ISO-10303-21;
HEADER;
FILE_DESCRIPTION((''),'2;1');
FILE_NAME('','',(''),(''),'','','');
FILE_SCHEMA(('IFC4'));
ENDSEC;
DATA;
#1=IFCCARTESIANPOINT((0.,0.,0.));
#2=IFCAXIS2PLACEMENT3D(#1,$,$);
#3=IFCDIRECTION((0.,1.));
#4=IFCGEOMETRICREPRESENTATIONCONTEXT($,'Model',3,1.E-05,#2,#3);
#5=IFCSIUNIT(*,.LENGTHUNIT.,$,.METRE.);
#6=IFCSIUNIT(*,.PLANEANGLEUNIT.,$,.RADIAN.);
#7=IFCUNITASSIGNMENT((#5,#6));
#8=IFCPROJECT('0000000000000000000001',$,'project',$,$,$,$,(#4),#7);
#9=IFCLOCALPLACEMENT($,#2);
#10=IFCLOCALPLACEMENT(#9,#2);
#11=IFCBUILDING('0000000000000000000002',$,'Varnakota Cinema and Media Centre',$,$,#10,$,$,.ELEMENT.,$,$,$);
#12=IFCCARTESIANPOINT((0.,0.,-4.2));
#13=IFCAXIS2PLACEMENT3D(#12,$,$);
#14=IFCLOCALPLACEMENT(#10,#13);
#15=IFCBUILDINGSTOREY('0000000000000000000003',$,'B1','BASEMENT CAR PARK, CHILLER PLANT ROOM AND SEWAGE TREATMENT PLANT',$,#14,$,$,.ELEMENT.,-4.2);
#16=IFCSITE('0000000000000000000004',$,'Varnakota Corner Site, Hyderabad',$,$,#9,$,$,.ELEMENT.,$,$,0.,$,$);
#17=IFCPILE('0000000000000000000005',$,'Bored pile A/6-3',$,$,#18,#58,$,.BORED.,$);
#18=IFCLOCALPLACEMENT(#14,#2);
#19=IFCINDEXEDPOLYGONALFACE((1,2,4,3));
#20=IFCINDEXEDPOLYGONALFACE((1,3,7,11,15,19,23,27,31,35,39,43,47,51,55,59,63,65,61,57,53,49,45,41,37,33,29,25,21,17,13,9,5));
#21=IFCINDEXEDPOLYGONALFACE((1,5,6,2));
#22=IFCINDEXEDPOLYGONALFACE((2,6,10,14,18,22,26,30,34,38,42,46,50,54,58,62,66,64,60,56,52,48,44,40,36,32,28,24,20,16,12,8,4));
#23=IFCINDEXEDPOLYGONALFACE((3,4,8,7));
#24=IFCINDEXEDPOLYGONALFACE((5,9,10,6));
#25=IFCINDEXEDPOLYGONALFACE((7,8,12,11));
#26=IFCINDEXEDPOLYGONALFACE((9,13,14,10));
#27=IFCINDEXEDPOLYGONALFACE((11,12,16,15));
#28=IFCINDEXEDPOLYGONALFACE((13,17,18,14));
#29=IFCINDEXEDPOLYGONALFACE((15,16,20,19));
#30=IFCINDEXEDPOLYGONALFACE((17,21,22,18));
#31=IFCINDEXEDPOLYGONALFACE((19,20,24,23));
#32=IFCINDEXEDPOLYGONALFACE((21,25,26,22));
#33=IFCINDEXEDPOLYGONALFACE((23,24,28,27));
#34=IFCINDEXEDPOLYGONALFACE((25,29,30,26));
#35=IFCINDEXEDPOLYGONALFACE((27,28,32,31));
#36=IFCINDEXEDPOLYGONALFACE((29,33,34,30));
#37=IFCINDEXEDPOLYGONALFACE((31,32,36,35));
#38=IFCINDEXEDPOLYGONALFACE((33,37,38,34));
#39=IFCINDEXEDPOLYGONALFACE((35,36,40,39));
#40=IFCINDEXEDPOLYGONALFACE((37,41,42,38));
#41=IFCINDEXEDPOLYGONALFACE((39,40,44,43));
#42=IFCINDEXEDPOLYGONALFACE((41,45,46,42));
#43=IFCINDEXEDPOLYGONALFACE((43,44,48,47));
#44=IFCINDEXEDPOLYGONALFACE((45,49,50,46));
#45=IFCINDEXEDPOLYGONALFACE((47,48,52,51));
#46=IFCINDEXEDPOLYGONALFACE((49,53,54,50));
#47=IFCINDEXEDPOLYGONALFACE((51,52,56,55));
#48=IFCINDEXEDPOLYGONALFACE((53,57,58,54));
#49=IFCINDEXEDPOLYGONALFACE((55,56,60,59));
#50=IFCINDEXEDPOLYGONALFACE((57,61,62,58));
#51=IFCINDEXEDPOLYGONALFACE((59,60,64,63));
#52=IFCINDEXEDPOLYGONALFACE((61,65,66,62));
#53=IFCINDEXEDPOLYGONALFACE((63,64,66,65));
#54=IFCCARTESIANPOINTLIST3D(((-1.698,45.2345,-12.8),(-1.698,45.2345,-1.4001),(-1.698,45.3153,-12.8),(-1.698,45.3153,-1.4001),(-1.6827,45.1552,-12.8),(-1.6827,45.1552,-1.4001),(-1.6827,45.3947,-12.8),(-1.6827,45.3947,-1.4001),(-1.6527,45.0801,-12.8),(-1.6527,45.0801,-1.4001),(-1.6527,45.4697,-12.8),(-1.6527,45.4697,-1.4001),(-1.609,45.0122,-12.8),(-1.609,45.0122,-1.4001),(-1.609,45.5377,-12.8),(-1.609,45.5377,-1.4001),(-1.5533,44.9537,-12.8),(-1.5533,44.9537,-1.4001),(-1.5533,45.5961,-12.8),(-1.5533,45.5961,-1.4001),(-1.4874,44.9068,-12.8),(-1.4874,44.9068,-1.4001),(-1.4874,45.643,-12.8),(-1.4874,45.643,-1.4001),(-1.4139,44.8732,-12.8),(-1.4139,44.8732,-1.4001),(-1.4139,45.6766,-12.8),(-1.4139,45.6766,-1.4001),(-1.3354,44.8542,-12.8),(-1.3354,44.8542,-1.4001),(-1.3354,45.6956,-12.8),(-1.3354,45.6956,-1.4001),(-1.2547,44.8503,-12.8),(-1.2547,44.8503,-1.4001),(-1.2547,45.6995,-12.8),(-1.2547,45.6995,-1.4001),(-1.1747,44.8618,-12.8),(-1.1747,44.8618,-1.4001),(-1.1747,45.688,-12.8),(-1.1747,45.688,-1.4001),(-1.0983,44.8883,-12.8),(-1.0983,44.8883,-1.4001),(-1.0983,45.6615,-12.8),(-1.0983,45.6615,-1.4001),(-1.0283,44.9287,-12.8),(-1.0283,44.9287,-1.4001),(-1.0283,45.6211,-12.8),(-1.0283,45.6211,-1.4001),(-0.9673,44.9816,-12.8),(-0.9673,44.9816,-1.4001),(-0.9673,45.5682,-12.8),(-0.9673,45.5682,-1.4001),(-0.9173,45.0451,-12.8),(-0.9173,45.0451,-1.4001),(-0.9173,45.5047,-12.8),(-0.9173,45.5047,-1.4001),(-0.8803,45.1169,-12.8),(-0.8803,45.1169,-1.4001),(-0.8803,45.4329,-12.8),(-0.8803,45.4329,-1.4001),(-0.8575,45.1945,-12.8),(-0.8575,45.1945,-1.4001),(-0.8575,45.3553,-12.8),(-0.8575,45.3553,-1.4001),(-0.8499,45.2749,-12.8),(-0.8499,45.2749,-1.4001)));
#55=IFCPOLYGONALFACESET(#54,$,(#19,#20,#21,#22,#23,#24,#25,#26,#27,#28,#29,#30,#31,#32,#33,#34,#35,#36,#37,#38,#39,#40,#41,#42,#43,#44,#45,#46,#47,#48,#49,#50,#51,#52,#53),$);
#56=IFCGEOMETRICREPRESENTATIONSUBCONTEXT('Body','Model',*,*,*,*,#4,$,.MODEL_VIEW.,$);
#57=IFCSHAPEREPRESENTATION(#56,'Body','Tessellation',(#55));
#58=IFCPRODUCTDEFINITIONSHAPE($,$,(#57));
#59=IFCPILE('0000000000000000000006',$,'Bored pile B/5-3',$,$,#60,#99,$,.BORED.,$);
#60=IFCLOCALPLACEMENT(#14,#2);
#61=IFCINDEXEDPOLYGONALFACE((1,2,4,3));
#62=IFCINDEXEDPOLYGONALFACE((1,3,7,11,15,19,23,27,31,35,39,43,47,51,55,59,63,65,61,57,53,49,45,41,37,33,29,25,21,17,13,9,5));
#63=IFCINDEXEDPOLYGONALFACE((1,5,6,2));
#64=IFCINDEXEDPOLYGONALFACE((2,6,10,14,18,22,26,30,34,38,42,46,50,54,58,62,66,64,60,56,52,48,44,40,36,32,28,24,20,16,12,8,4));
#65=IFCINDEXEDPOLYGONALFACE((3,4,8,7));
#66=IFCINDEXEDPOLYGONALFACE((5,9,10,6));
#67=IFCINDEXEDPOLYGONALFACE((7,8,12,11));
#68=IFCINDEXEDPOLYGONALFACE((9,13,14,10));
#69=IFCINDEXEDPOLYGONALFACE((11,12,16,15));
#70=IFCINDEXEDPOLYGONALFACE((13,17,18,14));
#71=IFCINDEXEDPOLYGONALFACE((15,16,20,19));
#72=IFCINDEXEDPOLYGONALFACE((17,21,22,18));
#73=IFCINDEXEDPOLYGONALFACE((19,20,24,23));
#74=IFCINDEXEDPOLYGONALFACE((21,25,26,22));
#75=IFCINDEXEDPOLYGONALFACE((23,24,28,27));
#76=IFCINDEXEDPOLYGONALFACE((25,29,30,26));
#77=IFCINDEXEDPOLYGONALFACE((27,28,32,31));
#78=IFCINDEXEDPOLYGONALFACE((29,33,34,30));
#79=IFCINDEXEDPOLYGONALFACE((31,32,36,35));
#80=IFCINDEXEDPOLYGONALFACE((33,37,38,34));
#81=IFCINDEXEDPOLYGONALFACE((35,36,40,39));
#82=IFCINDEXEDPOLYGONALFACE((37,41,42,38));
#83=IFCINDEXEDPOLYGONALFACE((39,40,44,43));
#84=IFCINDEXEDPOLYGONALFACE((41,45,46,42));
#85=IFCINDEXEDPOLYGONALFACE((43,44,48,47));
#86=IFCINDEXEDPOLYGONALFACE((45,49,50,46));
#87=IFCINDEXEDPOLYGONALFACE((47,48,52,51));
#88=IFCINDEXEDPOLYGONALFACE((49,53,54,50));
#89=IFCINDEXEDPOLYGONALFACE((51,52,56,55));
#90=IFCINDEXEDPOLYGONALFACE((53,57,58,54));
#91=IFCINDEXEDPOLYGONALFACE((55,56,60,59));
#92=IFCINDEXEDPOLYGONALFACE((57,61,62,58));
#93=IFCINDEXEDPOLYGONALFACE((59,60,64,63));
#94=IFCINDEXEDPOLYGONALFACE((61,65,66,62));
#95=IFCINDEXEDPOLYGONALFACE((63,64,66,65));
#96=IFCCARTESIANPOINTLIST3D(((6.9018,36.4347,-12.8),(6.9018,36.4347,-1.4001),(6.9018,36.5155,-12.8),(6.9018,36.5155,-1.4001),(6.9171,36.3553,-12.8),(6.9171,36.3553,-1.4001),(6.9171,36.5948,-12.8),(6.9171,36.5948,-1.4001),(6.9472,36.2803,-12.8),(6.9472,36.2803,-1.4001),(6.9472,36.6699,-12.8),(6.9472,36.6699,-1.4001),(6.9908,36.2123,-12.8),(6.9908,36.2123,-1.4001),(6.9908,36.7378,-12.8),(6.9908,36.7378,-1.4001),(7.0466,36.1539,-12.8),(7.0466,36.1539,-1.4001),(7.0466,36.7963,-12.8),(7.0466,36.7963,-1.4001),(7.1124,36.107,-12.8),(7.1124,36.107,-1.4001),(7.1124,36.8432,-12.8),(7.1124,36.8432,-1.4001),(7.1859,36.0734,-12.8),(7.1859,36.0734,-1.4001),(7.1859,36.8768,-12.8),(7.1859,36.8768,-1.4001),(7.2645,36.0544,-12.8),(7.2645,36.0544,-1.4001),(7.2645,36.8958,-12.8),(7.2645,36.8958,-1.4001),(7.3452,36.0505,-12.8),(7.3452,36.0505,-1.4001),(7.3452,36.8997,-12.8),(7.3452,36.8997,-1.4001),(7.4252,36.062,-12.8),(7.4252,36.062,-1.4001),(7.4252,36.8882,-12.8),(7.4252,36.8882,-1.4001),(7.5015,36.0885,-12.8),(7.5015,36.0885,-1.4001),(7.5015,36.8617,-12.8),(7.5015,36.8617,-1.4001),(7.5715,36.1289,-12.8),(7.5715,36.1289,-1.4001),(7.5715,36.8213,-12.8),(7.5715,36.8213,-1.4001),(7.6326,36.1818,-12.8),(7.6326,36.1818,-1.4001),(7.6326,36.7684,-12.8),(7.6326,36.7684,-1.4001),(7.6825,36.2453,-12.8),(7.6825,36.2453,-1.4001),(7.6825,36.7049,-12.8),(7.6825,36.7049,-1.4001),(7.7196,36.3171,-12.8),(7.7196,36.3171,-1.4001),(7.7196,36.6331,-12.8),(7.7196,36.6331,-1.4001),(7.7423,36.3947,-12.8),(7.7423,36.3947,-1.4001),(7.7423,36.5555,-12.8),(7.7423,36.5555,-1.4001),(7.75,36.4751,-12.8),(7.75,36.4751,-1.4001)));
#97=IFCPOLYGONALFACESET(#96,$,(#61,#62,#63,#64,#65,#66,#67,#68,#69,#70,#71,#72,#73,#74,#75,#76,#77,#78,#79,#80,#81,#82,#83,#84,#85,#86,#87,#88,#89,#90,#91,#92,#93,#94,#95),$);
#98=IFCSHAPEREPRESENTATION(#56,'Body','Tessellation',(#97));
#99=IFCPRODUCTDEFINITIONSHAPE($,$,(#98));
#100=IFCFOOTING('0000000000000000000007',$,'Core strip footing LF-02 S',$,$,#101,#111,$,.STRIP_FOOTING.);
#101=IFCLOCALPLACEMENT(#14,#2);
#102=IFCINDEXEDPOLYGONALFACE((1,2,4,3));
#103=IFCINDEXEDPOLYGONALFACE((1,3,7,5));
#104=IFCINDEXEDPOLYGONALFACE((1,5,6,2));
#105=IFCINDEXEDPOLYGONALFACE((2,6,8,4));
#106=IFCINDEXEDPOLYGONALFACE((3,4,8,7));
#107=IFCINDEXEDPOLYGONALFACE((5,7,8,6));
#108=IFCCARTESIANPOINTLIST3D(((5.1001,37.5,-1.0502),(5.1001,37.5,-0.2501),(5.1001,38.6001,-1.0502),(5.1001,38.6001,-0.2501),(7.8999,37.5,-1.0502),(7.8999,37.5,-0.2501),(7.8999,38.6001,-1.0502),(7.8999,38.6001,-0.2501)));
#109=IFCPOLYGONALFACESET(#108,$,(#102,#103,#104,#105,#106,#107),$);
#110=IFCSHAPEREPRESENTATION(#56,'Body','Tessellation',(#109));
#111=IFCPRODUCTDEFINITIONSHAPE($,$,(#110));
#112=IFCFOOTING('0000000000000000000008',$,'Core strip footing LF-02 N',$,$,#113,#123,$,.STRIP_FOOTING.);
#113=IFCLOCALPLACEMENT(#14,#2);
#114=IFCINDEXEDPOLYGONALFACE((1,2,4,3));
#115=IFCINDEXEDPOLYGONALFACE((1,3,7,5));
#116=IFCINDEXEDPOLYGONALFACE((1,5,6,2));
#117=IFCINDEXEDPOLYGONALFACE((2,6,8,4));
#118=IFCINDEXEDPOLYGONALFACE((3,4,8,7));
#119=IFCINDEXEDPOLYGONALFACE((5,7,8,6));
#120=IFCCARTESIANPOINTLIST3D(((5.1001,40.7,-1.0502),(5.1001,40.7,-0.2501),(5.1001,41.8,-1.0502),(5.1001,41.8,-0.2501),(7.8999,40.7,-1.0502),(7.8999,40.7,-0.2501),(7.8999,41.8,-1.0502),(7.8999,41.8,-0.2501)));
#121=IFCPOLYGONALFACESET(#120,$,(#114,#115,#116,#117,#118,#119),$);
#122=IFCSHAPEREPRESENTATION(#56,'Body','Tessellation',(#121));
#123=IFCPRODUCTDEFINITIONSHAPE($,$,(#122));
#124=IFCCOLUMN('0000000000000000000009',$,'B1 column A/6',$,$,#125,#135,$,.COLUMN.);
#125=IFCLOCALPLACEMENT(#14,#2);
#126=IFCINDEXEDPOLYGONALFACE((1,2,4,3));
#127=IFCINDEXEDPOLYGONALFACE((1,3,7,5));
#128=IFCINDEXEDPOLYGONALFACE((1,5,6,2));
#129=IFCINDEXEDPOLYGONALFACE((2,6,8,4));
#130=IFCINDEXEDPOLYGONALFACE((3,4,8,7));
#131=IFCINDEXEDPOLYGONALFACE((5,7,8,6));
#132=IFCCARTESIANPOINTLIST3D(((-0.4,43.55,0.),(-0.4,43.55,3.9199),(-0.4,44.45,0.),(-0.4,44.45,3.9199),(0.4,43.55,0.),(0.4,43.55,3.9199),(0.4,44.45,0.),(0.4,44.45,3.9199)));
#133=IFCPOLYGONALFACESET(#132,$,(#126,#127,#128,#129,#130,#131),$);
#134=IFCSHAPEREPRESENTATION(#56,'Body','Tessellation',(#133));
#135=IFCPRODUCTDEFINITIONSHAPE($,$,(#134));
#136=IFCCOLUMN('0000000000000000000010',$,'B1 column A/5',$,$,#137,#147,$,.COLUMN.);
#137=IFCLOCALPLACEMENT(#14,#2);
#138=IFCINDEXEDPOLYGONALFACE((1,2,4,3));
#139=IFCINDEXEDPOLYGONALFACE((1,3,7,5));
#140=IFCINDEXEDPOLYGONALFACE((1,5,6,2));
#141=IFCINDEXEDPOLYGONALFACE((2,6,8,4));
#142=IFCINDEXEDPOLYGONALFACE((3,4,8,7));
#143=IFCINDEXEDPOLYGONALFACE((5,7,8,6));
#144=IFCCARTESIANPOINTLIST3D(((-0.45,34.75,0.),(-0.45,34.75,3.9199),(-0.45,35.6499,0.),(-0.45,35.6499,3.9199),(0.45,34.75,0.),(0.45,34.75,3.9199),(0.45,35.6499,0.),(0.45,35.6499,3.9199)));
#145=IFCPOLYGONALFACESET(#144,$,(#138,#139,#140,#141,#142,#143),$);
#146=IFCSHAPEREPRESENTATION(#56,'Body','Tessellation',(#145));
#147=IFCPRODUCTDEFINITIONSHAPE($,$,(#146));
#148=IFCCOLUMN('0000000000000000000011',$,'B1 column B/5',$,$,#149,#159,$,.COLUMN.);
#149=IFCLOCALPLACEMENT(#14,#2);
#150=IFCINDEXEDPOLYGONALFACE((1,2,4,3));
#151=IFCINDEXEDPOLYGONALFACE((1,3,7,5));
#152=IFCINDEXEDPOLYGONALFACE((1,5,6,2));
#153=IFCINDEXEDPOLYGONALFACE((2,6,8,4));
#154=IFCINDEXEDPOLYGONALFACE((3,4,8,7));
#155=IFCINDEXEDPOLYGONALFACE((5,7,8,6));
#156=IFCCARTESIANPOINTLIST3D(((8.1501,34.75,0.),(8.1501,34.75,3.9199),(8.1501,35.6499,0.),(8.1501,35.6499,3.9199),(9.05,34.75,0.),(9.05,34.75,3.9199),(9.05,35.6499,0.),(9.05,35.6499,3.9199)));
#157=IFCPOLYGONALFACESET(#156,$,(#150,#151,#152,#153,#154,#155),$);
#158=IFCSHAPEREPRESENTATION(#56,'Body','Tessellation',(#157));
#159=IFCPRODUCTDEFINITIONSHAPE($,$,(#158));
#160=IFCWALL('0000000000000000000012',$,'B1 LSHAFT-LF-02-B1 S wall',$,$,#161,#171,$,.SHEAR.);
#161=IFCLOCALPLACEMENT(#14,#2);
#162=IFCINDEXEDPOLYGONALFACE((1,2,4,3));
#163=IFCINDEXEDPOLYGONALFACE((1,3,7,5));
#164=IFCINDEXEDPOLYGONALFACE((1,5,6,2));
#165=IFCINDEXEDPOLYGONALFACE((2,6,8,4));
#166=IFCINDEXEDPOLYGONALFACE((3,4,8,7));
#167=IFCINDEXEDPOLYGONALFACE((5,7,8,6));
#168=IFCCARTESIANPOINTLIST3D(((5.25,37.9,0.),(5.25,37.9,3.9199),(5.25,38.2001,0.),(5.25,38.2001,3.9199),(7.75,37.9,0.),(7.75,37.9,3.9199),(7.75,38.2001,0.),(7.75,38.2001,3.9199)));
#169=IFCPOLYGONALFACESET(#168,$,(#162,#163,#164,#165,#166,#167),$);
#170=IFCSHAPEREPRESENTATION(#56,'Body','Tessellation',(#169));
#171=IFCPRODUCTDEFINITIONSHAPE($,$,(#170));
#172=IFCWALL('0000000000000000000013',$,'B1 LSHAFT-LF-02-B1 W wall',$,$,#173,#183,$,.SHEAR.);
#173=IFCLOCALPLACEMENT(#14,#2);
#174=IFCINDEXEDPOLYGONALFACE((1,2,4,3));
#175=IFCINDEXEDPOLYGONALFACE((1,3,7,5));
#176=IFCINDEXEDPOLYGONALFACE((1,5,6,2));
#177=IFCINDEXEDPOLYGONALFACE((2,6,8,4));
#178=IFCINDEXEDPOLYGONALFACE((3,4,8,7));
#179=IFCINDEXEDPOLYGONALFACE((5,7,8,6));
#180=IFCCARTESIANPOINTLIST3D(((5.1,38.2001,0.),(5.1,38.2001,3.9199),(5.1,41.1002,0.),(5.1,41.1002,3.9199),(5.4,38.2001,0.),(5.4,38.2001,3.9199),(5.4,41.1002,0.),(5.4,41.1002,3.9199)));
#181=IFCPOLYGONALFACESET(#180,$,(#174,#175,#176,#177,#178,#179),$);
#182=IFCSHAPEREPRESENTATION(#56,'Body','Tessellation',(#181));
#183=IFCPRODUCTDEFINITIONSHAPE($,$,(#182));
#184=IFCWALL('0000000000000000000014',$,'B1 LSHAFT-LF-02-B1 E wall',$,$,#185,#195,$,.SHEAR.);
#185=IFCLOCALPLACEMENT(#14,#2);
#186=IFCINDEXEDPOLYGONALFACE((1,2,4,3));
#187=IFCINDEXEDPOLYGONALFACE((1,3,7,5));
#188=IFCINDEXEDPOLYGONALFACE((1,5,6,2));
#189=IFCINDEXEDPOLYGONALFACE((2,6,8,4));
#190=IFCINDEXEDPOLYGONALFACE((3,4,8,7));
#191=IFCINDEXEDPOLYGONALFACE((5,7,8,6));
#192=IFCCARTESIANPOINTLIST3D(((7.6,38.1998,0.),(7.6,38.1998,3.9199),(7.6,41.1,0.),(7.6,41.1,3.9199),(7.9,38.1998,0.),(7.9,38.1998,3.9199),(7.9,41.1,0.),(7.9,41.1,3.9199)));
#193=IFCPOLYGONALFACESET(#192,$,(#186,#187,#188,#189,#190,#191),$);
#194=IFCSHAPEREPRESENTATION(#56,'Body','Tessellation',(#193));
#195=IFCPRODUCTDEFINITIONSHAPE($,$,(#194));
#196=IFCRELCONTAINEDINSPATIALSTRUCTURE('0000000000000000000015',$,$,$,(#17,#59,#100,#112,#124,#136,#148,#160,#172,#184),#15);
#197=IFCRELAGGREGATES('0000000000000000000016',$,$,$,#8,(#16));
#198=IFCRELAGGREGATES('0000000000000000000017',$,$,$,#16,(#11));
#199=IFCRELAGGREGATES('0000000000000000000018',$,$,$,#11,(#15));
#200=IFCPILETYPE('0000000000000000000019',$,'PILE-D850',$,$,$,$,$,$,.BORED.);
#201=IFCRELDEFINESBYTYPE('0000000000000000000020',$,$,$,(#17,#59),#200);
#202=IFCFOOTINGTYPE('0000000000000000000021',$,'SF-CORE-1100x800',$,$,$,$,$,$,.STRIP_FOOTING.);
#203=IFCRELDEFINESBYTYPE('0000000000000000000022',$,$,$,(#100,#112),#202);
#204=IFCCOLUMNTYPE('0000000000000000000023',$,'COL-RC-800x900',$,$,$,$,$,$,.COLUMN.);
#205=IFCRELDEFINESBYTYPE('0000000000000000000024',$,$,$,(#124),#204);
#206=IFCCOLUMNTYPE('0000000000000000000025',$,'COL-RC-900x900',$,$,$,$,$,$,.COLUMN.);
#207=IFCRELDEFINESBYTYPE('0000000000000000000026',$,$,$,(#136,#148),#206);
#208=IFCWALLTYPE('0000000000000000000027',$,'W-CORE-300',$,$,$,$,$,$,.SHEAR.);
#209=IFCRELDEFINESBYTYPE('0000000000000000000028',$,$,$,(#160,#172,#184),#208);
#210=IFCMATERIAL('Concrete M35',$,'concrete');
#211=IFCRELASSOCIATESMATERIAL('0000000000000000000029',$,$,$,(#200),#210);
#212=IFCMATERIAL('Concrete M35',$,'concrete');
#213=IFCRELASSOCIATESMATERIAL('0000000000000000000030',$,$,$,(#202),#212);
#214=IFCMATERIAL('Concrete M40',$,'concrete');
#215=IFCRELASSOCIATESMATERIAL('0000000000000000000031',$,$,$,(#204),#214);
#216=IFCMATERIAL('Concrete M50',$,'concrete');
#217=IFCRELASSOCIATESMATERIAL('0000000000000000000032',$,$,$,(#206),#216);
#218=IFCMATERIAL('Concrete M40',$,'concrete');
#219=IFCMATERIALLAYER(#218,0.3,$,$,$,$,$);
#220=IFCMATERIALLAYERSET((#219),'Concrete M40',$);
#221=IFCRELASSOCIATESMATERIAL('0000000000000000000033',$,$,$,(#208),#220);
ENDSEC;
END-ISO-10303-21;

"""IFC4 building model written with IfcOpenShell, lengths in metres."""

from ifc_helpers import new_model, si_unit, direction, frame, frame_2d, origin, origin_2d, place, context, subcontext, project, spatial, rectangle, circle, extrude, material, layer, layer_set, material_profile, profile_set, type_object, element, save


model = new_model("IFC4")

# Units and contexts
model_context = context("Model", 3, precision=1e-05, world=origin(), true_north=direction((0.0, 1.0)))
body_context = subcontext(model_context, "Body", "Model", "MODEL_VIEW")
ifc_project = project(units=[si_unit("LENGTHUNIT", "METRE"), si_unit("PLANEANGLEUNIT", "RADIAN")], contexts=[model_context])

# Site, building, storey
site_placement = place(None, origin())
site = spatial("IfcSite", under=ifc_project, at=site_placement, Name="Varnakota Corner Site, Hyderabad", CompositionType="ELEMENT", RefElevation=0.0)
building_placement = place(site_placement, origin())
building = spatial("IfcBuilding", under=site, at=building_placement, Name="Varnakota Cinema and Media Centre", CompositionType="ELEMENT")
storey_placement = place(building_placement, frame((0.0, 0.0, -4.2)))
storey = spatial("IfcBuildingStorey", under=building, at=storey_placement, Name="B1", Description="BASEMENT CAR PARK, CHILLER PLANT ROOM AND SEWAGE TREATMENT PLANT", CompositionType="ELEMENT", Elevation=-4.2)

# Piles
ifc_material_1 = material(Name="Concrete M35", Category="concrete")
ifc_material_profile_1 = material_profile(ifc_material_1, circle(Radius=0.425, at=origin_2d()), Name="PILE D850")
ifc_profile_set_1 = profile_set([ifc_material_profile_1], Name="Concrete M35")
pile_type_1 = type_object("IfcPileType", Name="PILE-D850", PredefinedType="BORED", material=ifc_profile_set_1)
for number, where, z_axis, x_axis, name in (
    (1, (-1.2749, 45.2749, -1.4001), (0.0, 0.0, -1.0), (1.0, 0.0, 0.0), "Bored pile A/6-3"),
    (2, (7.325, 36.4751, -1.4001), (0.0, 0.0, -1.0), (1.0, 0.0, 0.0), "Bored pile B/5-3"),
):
    element("IfcPile", number, at=place(storey_placement, frame(where, z_axis=z_axis, x_axis=x_axis)), inside=storey, type_object=pile_type_1, Name=name, PredefinedType="BORED", context=body_context, shape_type="SweptSolid", body=[
        extrude(circle(Radius=0.425, at=origin_2d()), origin(), (0.0, 0.0, 1.0), 11.3999),
    ])

# Footings
ifc_material_2 = material(Name="Concrete M35", Category="concrete")
ifc_material_profile_2 = material_profile(ifc_material_2, rectangle(XDim=1.1001, YDim=0.8, at=origin_2d()), Name="SF 1100x800")
ifc_profile_set_2 = profile_set([ifc_material_profile_2], Name="Concrete M35")
footing_type_1 = type_object("IfcFootingType", Name="SF-CORE-1100x800", PredefinedType="STRIP_FOOTING", material=ifc_profile_set_2)
for number, where, z_axis, x_axis, name in (
    (3, (5.1001, 38.05, -0.6501), (1.0, 0.0, 0.0), (0.0, 1.0, 0.0), "Core strip footing LF-02 S"),
    (4, (5.1001, 41.25, -0.6501), (1.0, 0.0, 0.0), (0.0, 1.0, 0.0), "Core strip footing LF-02 N"),
):
    element("IfcFooting", number, at=place(storey_placement, frame(where, z_axis=z_axis, x_axis=x_axis)), inside=storey, type_object=footing_type_1, Name=name, PredefinedType="STRIP_FOOTING", context=body_context, shape_type="SweptSolid", body=[
        extrude(rectangle(XDim=1.1001, YDim=0.8, at=origin_2d()), origin(), (0.0, 0.0, 1.0), 2.7998),
    ])

# Columns
ifc_material_3 = material(Name="Concrete M40", Category="concrete")
ifc_material_profile_3 = material_profile(ifc_material_3, rectangle(XDim=0.8, YDim=0.8999, at=origin_2d()), Name="RC 800x900")
ifc_profile_set_3 = profile_set([ifc_material_profile_3], Name="Concrete M40")
column_type_1 = type_object("IfcColumnType", Name="COL-RC-800x900", PredefinedType="COLUMN", material=ifc_profile_set_3)
column_placement = place(storey_placement, frame((0.0, 44.0, 0.0), z_axis=(0.0, 0.0, 1.0), x_axis=(1.0, 0.0, 0.0)))
element("IfcColumn", 5, at=column_placement, inside=storey, type_object=column_type_1, Name="B1 column A/6", PredefinedType="COLUMN", context=body_context, shape_type="SweptSolid", body=[
    extrude(rectangle(XDim=0.8, YDim=0.8999, at=origin_2d()), origin(), (0.0, 0.0, 1.0), 3.9199),
])
ifc_material_4 = material(Name="Concrete M50", Category="concrete")
ifc_material_profile_4 = material_profile(ifc_material_4, rectangle(XDim=0.8999, YDim=0.8999, at=origin_2d()), Name="RC 900x900")
ifc_profile_set_4 = profile_set([ifc_material_profile_4], Name="Concrete M50")
column_type_2 = type_object("IfcColumnType", Name="COL-RC-900x900", PredefinedType="COLUMN", material=ifc_profile_set_4)
for number, where, z_axis, x_axis, name in (
    (6, (0.0, 35.2, 0.0), (0.0, 0.0, 1.0), (1.0, 0.0, 0.0), "B1 column A/5"),
    (7, (8.6001, 35.2, 0.0), (0.0, 0.0, 1.0), (1.0, 0.0, 0.0), "B1 column B/5"),
):
    element("IfcColumn", number, at=place(storey_placement, frame(where, z_axis=z_axis, x_axis=x_axis)), inside=storey, type_object=column_type_2, Name=name, PredefinedType="COLUMN", context=body_context, shape_type="SweptSolid", body=[
        extrude(rectangle(XDim=0.8999, YDim=0.8999, at=origin_2d()), origin(), (0.0, 0.0, 1.0), 3.9199),
    ])

# Walls
ifc_material_5 = material(Name="Concrete M40", Category="concrete")
ifc_layer_1 = layer(ifc_material_5, 0.3)
ifc_layer_set_1 = layer_set([ifc_layer_1], Name="Concrete M40")
wall_type_1 = type_object("IfcWallType", Name="W-CORE-300", PredefinedType="SHEAR", material=ifc_layer_set_1)
wall_1_placement = place(storey_placement, frame((7.75, 38.05, 0.0), z_axis=(0.0, 0.0, 1.0), x_axis=(-1.0, 0.0, 0.0)))
element("IfcWall", 8, at=wall_1_placement, inside=storey, type_object=wall_type_1, Name="B1 LSHAFT-LF-02-B1 S wall", PredefinedType="SHEAR", context=body_context, shape_type="SweptSolid", body=[
    extrude(rectangle(XDim=2.5, YDim=0.3, at=frame_2d((1.25, 0.0))), origin(), (0.0, 0.0, 1.0), 3.9199),
])
wall_2_placement = place(storey_placement, frame((5.25, 38.2, 0.0), z_axis=(0.0, 0.0, 1.0), x_axis=(0.0, 1.0, 0.0)))
element("IfcWall", 9, at=wall_2_placement, inside=storey, type_object=wall_type_1, Name="B1 LSHAFT-LF-02-B1 W wall", PredefinedType="SHEAR", context=body_context, shape_type="SweptSolid", body=[
    extrude(rectangle(XDim=2.9001, YDim=0.3, at=frame_2d((1.4502, 0.0))), origin(), (0.0, 0.0, 1.0), 3.9199),
])

# Wall
wall_3_placement = place(storey_placement, frame((7.75, 41.1001, 0.0), z_axis=(0.0, 0.0, 1.0), x_axis=(0.0, -1.0, 0.0)))
element("IfcWall", 10, at=wall_3_placement, inside=storey, type_object=wall_type_1, Name="B1 LSHAFT-LF-02-B1 E wall", PredefinedType="SHEAR", context=body_context, shape_type="SweptSolid", body=[
    extrude(rectangle(XDim=2.9001, YDim=0.3, at=frame_2d((1.4502, 0.0))), origin(), (0.0, 0.0, 1.0), 3.9199),
])

save(model, "model.ifc")
